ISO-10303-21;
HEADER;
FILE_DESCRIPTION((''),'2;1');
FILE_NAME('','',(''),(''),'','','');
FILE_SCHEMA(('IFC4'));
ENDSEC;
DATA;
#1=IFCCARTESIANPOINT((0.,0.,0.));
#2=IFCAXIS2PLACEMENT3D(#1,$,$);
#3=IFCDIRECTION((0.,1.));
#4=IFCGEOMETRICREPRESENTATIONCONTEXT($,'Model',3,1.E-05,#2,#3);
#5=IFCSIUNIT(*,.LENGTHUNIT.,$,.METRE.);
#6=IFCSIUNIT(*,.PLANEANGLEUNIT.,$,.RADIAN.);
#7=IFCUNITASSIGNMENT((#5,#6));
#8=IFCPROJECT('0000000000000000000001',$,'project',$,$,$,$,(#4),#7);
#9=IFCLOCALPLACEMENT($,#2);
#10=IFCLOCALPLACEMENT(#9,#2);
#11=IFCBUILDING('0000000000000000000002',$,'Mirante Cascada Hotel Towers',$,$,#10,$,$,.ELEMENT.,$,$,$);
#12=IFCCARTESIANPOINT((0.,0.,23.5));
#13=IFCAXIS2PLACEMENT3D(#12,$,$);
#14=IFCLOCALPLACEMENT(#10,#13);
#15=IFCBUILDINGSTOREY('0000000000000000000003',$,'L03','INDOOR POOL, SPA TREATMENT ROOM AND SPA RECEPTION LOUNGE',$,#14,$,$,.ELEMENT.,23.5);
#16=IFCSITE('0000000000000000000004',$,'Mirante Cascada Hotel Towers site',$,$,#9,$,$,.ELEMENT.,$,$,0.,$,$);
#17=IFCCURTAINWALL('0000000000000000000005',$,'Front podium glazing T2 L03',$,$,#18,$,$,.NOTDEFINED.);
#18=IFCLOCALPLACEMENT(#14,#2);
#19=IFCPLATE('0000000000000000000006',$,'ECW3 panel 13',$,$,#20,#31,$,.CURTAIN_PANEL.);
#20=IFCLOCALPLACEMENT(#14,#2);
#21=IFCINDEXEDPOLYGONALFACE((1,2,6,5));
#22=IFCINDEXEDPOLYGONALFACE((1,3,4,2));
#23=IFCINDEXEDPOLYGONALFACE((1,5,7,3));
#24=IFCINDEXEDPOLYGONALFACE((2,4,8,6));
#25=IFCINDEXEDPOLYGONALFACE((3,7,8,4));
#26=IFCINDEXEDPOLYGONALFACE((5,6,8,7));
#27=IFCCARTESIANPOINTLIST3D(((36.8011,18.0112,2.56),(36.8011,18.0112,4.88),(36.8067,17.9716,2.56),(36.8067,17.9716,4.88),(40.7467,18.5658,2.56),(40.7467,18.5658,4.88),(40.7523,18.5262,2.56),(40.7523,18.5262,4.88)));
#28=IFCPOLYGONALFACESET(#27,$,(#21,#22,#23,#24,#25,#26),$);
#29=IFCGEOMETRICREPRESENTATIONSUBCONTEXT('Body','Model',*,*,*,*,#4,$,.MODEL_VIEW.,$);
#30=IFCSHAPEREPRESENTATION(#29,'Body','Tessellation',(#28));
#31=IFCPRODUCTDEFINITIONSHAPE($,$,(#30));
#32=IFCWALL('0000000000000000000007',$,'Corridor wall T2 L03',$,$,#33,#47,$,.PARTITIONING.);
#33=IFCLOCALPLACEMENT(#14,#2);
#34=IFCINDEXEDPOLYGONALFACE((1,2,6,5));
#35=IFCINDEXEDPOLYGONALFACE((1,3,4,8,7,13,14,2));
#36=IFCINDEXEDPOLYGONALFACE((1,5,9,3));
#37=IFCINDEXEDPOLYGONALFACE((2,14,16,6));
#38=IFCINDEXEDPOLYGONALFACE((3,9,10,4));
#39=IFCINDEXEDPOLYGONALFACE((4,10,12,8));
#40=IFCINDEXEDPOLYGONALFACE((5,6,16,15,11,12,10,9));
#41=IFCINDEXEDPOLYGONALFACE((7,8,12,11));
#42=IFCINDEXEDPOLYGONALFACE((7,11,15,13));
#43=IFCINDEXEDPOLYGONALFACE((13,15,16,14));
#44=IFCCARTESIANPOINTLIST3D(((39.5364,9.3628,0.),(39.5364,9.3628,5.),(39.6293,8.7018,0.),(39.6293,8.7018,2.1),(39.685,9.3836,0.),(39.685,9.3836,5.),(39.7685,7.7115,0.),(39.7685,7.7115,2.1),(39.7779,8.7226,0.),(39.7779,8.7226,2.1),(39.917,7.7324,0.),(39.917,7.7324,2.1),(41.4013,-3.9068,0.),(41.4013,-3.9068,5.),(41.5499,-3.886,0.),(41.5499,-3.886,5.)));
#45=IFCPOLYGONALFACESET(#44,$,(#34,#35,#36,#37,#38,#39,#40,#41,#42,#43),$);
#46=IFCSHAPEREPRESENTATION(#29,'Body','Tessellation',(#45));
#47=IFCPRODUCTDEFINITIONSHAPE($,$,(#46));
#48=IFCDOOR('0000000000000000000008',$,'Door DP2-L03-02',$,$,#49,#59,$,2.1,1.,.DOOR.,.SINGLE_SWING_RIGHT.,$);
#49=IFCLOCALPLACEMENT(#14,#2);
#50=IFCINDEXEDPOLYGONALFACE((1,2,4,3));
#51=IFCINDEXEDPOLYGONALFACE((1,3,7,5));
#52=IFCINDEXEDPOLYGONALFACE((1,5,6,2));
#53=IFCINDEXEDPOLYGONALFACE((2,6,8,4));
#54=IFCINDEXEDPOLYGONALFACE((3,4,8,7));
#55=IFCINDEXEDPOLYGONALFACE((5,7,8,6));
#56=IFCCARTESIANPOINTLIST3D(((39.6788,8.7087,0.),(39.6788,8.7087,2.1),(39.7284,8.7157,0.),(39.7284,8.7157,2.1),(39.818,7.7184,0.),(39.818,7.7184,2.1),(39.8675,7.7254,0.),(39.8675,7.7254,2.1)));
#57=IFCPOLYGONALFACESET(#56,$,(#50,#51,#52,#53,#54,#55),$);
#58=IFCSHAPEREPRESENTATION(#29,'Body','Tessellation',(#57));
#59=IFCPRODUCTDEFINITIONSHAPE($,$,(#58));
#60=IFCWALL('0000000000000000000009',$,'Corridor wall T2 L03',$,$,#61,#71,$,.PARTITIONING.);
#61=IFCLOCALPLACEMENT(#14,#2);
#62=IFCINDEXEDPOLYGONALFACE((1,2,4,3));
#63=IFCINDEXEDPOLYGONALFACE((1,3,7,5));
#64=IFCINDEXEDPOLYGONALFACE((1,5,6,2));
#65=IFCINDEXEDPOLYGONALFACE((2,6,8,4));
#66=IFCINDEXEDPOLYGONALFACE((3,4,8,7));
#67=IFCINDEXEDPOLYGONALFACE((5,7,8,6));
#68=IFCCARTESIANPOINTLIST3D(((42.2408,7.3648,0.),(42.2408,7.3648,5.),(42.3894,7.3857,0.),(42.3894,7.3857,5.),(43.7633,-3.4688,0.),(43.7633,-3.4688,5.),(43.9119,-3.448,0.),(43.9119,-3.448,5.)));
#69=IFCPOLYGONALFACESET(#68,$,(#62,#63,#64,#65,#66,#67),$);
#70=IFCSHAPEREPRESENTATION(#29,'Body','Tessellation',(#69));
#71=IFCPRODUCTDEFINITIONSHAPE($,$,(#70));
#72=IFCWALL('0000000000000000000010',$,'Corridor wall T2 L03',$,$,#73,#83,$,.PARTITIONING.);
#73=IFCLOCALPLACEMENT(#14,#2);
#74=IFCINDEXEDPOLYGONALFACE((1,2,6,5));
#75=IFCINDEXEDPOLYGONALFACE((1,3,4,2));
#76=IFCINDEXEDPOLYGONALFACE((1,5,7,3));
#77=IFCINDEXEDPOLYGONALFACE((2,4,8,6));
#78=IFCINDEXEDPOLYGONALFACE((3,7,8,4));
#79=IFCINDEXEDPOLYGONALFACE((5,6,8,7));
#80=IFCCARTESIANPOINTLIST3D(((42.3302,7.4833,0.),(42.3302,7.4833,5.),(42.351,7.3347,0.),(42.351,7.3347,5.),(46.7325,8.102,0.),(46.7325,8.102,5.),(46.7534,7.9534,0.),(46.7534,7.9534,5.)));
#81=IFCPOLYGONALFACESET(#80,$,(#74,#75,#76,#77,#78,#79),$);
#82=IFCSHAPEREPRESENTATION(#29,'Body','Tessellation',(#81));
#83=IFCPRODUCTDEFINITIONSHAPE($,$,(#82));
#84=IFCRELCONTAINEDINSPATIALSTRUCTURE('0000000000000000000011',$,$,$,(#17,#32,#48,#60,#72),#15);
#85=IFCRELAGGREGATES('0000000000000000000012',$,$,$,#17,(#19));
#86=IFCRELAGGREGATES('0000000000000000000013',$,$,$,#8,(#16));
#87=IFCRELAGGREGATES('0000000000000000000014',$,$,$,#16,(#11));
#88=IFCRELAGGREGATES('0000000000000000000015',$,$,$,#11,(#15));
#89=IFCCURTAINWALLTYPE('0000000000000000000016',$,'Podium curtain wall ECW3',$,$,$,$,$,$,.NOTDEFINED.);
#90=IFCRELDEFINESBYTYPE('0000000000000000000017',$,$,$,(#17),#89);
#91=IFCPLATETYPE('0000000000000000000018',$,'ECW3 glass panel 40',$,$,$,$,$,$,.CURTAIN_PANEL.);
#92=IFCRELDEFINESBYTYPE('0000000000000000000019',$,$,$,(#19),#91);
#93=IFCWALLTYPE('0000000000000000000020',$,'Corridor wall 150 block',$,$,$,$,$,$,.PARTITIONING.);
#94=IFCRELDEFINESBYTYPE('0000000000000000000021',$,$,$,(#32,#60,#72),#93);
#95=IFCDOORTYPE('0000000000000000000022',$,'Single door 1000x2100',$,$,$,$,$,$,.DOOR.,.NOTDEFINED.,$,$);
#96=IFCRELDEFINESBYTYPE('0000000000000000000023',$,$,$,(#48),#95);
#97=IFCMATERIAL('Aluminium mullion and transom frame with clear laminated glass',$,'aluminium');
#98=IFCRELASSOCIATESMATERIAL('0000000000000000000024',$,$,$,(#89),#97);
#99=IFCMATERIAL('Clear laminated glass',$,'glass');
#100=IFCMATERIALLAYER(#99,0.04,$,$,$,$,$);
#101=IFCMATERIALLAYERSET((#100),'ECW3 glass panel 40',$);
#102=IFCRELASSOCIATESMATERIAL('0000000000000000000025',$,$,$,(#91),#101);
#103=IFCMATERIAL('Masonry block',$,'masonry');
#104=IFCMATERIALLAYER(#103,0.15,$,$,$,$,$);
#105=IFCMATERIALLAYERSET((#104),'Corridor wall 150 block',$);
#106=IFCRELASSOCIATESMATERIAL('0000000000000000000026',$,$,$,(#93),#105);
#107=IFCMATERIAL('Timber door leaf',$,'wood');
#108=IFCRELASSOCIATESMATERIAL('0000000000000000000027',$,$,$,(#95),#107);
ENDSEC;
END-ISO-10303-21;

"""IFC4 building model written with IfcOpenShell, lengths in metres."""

from ifc_helpers import new_model, si_unit, direction, frame, frame_2d, origin, origin_2d, place, context, subcontext, project, spatial, rectangle, extrude, material, layer, layer_set, type_object, element, fill, aggregate, save


model = new_model("IFC4")

# Units and contexts
model_context = context("Model", 3, precision=1e-05, world=origin(), true_north=direction((0.0, 1.0)))
body_context = subcontext(model_context, "Body", "Model", "MODEL_VIEW")
ifc_project = project(units=[si_unit("LENGTHUNIT", "METRE"), si_unit("PLANEANGLEUNIT", "RADIAN")], contexts=[model_context])

# Site, building, storey
site_placement = place(None, origin())
site = spatial("IfcSite", under=ifc_project, at=site_placement, Name="Mirante Cascada Hotel Towers site", CompositionType="ELEMENT", RefElevation=0.0)
building_placement = place(site_placement, origin())
building = spatial("IfcBuilding", under=site, at=building_placement, Name="Mirante Cascada Hotel Towers", CompositionType="ELEMENT")
storey_placement = place(building_placement, frame((0.0, 0.0, 23.5)))
storey = spatial("IfcBuildingStorey", under=building, at=storey_placement, Name="L03", Description="INDOOR POOL, SPA TREATMENT ROOM AND SPA RECEPTION LOUNGE", CompositionType="ELEMENT", Elevation=23.5)

# Curtain wall, plate
ifc_material_1 = material(Name="Aluminium mullion and transom frame with clear laminated glass", Category="aluminium")
curtain_wall_type = type_object("IfcCurtainWallType", Name="Podium curtain wall ECW3", PredefinedType="NOTDEFINED", material=ifc_material_1)
curtain_wall_placement = place(storey_placement, origin())
curtain_wall = element("IfcCurtainWall", 1, at=curtain_wall_placement, inside=storey, type_object=curtain_wall_type, Name="Front podium glazing T2 L03", PredefinedType="NOTDEFINED")
ifc_material_2 = material(Name="Clear laminated glass", Category="glass")
ifc_layer_1 = layer(ifc_material_2, 0.04)
ifc_layer_set_1 = layer_set([ifc_layer_1], Name="ECW3 glass panel 40")
plate_type = type_object("IfcPlateType", Name="ECW3 glass panel 40", PredefinedType="CURTAIN_PANEL", material=ifc_layer_set_1)
plate_1_placement = place(storey_placement, frame((38.7767, 18.2687, 2.56), z_axis=(0.0, 0.0, 1.0), x_axis=(-0.990268, -0.139173, 0.0)))
plate_1 = element("IfcPlate", 2, at=plate_1_placement, type_object=plate_type, Name="ECW3 panel 13", PredefinedType="CURTAIN_PANEL", context=body_context, shape_type="SweptSolid", body=[
    extrude(rectangle(XDim=3.9844, YDim=0.04, at=origin_2d()), origin(), (0.0, 0.0, 1.0), 2.32),
])
aggregate(curtain_wall, [plate_1])

# Wall, opening, door
ifc_material_3 = material(Name="Masonry block", Category="masonry")
ifc_layer_2 = layer(ifc_material_3, 0.15)
ifc_layer_set_2 = layer_set([ifc_layer_2], Name="Corridor wall 150 block")
wall_type_1 = type_object("IfcWallType", Name="Corridor wall 150 block", PredefinedType="PARTITIONING", material=ifc_layer_set_2)
wall_1_placement = place(storey_placement, frame((39.6107, 9.3732, 0.0), z_axis=(0.0, 0.0, 1.0), x_axis=(0.139172, -0.990268, 0.0)))
wall_1 = element("IfcWall", 3, at=wall_1_placement, inside=storey, type_object=wall_type_1, Name="Corridor wall T2 L03", PredefinedType="PARTITIONING", context=body_context, shape_type="SweptSolid", body=[
    extrude(rectangle(XDim=13.4, YDim=0.15, at=frame_2d((6.7, 0.0))), origin(), (0.0, 0.0, 1.0), 5.0),
])
opening_1_placement = place(wall_1_placement, frame((0.6675, 0.0, 0.0)))
opening_1 = element("IfcOpeningElement", 4, at=opening_1_placement, cuts=wall_1, PredefinedType="OPENING", context=body_context, shape_type="SweptSolid", body=[
    extrude(rectangle(XDim=1.0, YDim=2.1, at=frame_2d((0.5, 1.05))), frame((0.0, 0.075, 0.0), z_axis=(0.0, -1.0, 0.0), x_axis=(1.0, 0.0, 0.0)), (0.0, 0.0, 1.0), 0.15),
])
ifc_material_4 = material(Name="Timber door leaf", Category="wood")
door_type = type_object("IfcDoorType", Name="Single door 1000x2100", OperationType="NOTDEFINED", PredefinedType="DOOR", material=ifc_material_4)
door_1_placement = place(opening_1_placement, frame((1.0, 0.0, 0.0), z_axis=(0.0, 0.0, 1.0), x_axis=(-1.0, 0.0, 0.0)))
door_1 = element("IfcDoor", 5, at=door_1_placement, inside=storey, type_object=door_type, Name="Door DP2-L03-02", OperationType="SINGLE_SWING_RIGHT", OverallHeight=2.1, OverallWidth=1.0, PredefinedType="DOOR", context=body_context, shape_type="SweptSolid", body=[
    extrude(rectangle(XDim=1.0, YDim=2.1, at=frame_2d((0.5, 1.05))), frame((0.0, 0.025, 0.0), z_axis=(0.0, -1.0, 0.0), x_axis=(1.0, 0.0, 0.0)), (0.0, 0.0, 1.0), 0.05),
])
fill(opening_1, door_1)

# Walls
wall_2_placement = place(storey_placement, frame((42.3151, 7.3752, 0.0), z_axis=(0.0, 0.0, 1.0), x_axis=(0.139167, -0.990269, 0.0)))
element("IfcWall", 6, at=wall_2_placement, inside=storey, type_object=wall_type_1, Name="Corridor wall T2 L03", PredefinedType="PARTITIONING", context=body_context, shape_type="SweptSolid", body=[
    extrude(rectangle(XDim=10.9401, YDim=0.15, at=frame_2d((5.47, 0.0))), origin(), (0.0, 0.0, 1.0), 5.0),
])
wall_3_placement = place(storey_placement, frame((42.3406, 7.409, 0.0), z_axis=(0.0, 0.0, 1.0), x_axis=(0.990268, 0.139173, 0.0)))
element("IfcWall", 7, at=wall_3_placement, inside=storey, type_object=wall_type_1, Name="Corridor wall T2 L03", PredefinedType="PARTITIONING", context=body_context, shape_type="SweptSolid", body=[
    extrude(rectangle(XDim=4.4456, YDim=0.15, at=frame_2d((2.2228, 0.0))), origin(), (0.0, 0.0, 1.0), 5.0),
])

save(model, "model.ifc")
